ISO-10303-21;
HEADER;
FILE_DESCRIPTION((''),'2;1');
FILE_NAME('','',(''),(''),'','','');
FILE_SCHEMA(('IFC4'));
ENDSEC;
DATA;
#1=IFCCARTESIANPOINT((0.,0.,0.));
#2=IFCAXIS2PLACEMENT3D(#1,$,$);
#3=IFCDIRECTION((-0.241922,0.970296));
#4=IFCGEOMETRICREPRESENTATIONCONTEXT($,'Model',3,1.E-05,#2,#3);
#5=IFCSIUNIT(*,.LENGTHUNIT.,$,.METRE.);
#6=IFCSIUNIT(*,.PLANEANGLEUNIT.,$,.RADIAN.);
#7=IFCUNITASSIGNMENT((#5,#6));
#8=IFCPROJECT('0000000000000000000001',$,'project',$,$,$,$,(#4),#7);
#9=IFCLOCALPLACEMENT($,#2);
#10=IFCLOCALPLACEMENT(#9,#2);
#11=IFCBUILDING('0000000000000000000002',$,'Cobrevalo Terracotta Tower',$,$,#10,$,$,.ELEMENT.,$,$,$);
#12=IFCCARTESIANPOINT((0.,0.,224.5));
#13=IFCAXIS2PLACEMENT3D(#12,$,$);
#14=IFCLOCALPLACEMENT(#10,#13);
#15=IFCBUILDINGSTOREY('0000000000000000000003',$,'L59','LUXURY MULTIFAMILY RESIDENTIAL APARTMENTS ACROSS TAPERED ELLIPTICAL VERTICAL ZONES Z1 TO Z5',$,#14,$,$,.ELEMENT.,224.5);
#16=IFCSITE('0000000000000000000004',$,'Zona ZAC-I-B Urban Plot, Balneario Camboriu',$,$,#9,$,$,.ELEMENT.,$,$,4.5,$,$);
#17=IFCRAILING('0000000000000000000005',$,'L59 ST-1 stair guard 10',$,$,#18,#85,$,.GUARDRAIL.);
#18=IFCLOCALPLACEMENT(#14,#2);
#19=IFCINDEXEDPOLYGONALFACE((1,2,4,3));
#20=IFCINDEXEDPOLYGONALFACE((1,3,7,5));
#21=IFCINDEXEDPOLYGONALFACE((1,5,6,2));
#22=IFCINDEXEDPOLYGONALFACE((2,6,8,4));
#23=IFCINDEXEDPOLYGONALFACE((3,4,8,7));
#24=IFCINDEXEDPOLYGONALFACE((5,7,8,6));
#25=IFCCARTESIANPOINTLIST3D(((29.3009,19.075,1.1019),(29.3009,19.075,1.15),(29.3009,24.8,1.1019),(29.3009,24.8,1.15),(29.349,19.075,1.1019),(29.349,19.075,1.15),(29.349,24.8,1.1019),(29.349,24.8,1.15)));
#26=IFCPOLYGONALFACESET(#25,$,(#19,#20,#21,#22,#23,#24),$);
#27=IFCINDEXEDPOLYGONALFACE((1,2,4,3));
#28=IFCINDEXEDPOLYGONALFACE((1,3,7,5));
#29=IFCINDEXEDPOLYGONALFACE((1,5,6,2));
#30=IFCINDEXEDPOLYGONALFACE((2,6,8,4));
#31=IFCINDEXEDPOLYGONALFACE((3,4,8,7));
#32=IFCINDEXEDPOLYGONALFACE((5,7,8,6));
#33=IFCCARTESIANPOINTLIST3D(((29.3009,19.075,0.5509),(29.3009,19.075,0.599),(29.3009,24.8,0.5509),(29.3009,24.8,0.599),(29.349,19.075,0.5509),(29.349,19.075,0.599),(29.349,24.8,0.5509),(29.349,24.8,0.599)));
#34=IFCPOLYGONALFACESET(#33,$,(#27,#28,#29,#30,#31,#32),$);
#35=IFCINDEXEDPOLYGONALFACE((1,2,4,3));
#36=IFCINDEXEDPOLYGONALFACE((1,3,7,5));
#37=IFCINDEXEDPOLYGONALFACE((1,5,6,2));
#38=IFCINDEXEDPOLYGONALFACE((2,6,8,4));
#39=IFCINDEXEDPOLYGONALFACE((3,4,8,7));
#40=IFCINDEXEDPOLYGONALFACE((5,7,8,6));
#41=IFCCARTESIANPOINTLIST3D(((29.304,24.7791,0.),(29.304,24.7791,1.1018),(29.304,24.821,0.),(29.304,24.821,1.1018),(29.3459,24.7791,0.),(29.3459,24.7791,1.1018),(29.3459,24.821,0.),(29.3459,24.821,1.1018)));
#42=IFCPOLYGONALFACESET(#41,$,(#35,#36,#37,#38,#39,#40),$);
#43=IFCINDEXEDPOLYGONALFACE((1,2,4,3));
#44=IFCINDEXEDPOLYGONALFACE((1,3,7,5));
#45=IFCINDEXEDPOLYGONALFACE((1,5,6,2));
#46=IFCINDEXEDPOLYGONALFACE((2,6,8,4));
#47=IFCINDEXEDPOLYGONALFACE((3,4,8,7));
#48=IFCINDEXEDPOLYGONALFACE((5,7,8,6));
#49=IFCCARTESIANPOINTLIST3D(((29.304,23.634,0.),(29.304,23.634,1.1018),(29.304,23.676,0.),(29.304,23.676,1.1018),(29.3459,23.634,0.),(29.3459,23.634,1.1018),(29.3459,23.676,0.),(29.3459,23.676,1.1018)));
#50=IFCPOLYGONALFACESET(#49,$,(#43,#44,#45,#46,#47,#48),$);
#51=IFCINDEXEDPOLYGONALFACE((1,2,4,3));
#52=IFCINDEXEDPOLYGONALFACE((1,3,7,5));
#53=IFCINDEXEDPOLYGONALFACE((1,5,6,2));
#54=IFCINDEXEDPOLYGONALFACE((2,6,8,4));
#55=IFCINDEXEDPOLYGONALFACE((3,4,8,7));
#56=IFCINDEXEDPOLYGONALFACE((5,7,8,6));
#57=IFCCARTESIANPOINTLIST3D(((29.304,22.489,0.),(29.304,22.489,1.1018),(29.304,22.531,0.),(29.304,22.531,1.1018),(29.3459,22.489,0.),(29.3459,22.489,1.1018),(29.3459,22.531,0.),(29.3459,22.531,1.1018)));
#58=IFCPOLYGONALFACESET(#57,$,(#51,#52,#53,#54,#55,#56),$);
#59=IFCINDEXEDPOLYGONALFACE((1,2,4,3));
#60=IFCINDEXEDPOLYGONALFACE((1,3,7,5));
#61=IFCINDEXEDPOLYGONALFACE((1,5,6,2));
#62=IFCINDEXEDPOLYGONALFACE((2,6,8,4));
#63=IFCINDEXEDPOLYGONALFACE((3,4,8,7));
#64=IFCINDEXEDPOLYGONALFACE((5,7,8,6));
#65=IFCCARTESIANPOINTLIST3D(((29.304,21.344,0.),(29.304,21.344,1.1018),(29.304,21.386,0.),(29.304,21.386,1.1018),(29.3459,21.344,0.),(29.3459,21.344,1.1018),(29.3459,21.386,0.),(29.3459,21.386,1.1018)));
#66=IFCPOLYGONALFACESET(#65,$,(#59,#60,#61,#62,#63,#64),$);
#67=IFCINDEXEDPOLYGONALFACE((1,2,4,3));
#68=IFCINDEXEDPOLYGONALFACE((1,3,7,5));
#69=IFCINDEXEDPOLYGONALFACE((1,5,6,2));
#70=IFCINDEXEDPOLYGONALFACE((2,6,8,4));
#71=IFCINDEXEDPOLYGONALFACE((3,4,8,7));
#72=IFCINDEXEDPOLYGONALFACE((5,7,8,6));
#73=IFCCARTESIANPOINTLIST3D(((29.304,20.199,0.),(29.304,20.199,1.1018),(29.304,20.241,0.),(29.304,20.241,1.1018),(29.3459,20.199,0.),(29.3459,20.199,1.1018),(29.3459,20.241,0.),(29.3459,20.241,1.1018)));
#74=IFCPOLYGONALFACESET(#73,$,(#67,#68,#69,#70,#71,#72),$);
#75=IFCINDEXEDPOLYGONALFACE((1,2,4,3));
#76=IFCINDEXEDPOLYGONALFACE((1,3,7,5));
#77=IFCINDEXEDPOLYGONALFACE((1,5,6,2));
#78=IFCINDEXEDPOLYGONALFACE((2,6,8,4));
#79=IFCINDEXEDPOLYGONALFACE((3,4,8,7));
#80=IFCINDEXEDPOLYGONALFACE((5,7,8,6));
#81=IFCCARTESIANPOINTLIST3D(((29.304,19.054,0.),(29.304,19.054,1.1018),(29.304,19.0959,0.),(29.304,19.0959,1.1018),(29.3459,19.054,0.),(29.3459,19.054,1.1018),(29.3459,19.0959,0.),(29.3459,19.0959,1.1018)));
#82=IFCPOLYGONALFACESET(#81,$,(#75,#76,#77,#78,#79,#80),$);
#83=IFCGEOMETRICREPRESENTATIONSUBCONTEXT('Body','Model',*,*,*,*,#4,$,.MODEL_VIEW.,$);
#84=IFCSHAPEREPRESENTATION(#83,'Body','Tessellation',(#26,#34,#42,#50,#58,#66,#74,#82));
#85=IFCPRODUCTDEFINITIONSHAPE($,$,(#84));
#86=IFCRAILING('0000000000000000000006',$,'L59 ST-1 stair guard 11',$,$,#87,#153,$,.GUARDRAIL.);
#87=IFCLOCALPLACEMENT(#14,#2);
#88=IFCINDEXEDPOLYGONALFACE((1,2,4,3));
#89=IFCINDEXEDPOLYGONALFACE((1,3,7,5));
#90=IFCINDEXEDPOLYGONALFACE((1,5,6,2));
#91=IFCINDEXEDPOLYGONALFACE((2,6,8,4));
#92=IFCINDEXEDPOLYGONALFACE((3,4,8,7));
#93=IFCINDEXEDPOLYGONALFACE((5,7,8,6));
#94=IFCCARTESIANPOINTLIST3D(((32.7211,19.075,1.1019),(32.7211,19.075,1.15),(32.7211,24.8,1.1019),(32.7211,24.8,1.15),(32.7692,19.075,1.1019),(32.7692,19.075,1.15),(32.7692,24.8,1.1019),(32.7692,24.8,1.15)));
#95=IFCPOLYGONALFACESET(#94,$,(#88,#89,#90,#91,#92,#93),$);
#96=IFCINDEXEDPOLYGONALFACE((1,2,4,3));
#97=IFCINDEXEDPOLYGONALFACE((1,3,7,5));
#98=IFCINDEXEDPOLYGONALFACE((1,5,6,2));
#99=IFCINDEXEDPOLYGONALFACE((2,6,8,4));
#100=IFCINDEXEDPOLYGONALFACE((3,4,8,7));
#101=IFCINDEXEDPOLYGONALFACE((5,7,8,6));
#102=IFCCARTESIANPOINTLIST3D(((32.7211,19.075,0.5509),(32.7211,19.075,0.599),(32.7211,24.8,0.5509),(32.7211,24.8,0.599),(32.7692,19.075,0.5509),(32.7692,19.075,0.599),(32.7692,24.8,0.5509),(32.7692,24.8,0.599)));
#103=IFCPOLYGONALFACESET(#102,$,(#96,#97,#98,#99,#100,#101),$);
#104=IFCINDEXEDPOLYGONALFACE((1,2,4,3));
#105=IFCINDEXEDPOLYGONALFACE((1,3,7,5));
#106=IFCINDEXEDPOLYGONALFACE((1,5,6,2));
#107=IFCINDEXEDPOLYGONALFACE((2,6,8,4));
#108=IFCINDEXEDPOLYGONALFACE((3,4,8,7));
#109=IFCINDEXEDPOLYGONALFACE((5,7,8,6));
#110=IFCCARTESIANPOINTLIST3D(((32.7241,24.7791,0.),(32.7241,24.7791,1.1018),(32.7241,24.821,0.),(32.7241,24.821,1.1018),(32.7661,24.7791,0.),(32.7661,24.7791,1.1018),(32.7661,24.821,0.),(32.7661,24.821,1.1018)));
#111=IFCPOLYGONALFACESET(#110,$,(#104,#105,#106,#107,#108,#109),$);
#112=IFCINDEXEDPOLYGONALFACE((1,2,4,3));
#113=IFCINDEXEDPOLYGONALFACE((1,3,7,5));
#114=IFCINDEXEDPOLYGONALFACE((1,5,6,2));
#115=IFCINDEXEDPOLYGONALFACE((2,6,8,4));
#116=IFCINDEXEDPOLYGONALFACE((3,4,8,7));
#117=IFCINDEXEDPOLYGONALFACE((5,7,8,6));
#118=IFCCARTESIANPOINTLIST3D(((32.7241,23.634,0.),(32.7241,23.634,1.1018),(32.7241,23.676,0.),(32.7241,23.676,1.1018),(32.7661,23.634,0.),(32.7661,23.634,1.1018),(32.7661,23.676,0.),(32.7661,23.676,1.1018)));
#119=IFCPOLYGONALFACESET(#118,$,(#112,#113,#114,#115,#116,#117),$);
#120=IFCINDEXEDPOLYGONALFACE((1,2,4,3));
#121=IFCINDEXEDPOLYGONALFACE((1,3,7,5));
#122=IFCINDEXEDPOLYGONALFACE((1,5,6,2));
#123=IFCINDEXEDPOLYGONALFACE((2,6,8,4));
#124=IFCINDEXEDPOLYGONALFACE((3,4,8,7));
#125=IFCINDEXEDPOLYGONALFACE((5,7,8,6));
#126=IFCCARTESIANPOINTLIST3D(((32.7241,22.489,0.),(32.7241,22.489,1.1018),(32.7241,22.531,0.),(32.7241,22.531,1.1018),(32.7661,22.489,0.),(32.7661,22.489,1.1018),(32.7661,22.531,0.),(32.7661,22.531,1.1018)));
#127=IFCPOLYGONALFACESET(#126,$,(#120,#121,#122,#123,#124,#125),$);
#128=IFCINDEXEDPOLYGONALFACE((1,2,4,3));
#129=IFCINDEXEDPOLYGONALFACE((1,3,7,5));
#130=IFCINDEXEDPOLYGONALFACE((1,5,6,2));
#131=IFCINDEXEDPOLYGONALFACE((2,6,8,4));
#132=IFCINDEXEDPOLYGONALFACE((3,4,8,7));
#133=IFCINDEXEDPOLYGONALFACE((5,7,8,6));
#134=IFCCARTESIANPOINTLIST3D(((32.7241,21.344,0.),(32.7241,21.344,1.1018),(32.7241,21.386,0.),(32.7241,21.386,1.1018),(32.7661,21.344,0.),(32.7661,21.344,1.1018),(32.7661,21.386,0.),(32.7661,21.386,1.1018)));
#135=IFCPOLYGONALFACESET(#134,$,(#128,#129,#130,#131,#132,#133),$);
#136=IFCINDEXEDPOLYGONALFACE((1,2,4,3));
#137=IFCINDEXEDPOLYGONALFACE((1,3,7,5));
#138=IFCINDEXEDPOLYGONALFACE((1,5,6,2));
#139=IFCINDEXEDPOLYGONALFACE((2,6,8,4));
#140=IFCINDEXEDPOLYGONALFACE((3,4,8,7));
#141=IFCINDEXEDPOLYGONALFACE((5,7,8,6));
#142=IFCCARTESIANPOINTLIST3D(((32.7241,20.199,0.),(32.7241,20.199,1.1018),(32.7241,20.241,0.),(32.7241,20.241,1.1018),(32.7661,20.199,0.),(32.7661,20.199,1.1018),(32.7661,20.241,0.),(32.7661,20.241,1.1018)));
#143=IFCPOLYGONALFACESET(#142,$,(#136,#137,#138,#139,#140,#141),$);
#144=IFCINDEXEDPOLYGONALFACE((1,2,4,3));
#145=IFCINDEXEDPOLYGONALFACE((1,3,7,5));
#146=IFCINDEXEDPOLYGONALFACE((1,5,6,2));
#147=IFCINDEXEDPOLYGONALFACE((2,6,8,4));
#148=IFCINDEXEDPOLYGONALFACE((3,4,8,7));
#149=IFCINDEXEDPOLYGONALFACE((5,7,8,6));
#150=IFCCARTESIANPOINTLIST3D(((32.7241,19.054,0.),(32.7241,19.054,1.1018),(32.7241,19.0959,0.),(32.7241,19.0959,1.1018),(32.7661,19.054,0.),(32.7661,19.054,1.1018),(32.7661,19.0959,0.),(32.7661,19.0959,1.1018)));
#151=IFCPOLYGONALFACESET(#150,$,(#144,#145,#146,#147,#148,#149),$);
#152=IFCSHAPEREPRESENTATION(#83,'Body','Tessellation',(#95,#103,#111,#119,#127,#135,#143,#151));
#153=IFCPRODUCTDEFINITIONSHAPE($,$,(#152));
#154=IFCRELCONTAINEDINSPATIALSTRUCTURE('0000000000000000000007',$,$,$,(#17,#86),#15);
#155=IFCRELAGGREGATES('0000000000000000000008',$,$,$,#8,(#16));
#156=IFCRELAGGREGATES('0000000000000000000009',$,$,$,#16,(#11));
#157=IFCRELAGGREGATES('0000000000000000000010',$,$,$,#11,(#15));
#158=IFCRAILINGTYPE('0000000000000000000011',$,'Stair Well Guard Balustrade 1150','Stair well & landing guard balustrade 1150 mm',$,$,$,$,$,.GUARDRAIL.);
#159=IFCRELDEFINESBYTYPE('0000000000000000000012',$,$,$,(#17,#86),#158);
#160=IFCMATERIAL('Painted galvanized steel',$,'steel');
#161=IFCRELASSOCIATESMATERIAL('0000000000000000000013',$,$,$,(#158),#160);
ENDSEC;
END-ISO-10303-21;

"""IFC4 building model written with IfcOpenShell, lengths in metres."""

from ifc_helpers import new_model, si_unit, direction, frame, origin, origin_2d, place, context, subcontext, project, spatial, rectangle, extrude, material, type_object, element, save


model = new_model("IFC4")

# Units and contexts
model_context = context("Model", 3, precision=1e-05, world=origin(), true_north=direction((-0.241922, 0.970296)))
body_context = subcontext(model_context, "Body", "Model", "MODEL_VIEW")
ifc_project = project(units=[si_unit("LENGTHUNIT", "METRE"), si_unit("PLANEANGLEUNIT", "RADIAN")], contexts=[model_context])

# Site, building, storey
site_placement = place(None, origin())
site = spatial("IfcSite", under=ifc_project, at=site_placement, Name="Zona ZAC-I-B Urban Plot, Balneario Camboriu", CompositionType="ELEMENT", RefElevation=4.5)
building_placement = place(site_placement, origin())
building = spatial("IfcBuilding", under=site, at=building_placement, Name="Cobrevalo Terracotta Tower", CompositionType="ELEMENT")
storey_placement = place(building_placement, frame((0.0, 0.0, 224.5)))
storey = spatial("IfcBuildingStorey", under=building, at=storey_placement, Name="L59", Description="LUXURY MULTIFAMILY RESIDENTIAL APARTMENTS ACROSS TAPERED ELLIPTICAL VERTICAL ZONES Z1 TO Z5", CompositionType="ELEMENT", Elevation=224.5)

# Railings
ifc_material_1 = material(Name="Painted galvanized steel", Category="steel")
railing_type_1 = type_object("IfcRailingType", Name="Stair Well Guard Balustrade 1150", Description="Stair well & landing guard balustrade 1150 mm", PredefinedType="GUARDRAIL", material=ifc_material_1)
for number, where, name in (
    (1, (29.325, 24.8, 0.0), "L59 ST-1 stair guard 10"),
    (2, (32.7451, 24.8, 0.0), "L59 ST-1 stair guard 11"),
):
    element("IfcRailing", number, at=place(storey_placement, frame(where)), inside=storey, type_object=railing_type_1, Name=name, PredefinedType="GUARDRAIL", context=body_context, shape_type="SweptSolid", body=[
        extrude(rectangle(XDim=0.0481, YDim=0.0481, at=origin_2d()), frame((0.0, 0.0, 1.126), z_axis=(0.0, -1.0, 0.0), x_axis=(1.0, 0.0, 0.0)), (0.0, 0.0, 1.0), 5.7251),
        extrude(rectangle(XDim=0.0481, YDim=0.0481, at=origin_2d()), frame((0.0, 0.0, 0.575), z_axis=(0.0, -1.0, 0.0), x_axis=(1.0, 0.0, 0.0)), (0.0, 0.0, 1.0), 5.7251),
        extrude(rectangle(XDim=0.042, YDim=0.042, at=origin_2d()), origin(), (0.0, 0.0, 1.0), 1.1018),
        extrude(rectangle(XDim=0.042, YDim=0.042, at=origin_2d()), frame((0.0, -1.145, 0.0)), (0.0, 0.0, 1.0), 1.1018),
        extrude(rectangle(XDim=0.042, YDim=0.042, at=origin_2d()), frame((0.0, -2.29, 0.0)), (0.0, 0.0, 1.0), 1.1018),
        extrude(rectangle(XDim=0.042, YDim=0.042, at=origin_2d()), frame((0.0, -3.4351, 0.0)), (0.0, 0.0, 1.0), 1.1018),
        extrude(rectangle(XDim=0.042, YDim=0.042, at=origin_2d()), frame((0.0, -4.5801, 0.0)), (0.0, 0.0, 1.0), 1.1018),
        extrude(rectangle(XDim=0.042, YDim=0.042, at=origin_2d()), frame((0.0, -5.7251, 0.0)), (0.0, 0.0, 1.0), 1.1018),
    ])

save(model, "model.ifc")
